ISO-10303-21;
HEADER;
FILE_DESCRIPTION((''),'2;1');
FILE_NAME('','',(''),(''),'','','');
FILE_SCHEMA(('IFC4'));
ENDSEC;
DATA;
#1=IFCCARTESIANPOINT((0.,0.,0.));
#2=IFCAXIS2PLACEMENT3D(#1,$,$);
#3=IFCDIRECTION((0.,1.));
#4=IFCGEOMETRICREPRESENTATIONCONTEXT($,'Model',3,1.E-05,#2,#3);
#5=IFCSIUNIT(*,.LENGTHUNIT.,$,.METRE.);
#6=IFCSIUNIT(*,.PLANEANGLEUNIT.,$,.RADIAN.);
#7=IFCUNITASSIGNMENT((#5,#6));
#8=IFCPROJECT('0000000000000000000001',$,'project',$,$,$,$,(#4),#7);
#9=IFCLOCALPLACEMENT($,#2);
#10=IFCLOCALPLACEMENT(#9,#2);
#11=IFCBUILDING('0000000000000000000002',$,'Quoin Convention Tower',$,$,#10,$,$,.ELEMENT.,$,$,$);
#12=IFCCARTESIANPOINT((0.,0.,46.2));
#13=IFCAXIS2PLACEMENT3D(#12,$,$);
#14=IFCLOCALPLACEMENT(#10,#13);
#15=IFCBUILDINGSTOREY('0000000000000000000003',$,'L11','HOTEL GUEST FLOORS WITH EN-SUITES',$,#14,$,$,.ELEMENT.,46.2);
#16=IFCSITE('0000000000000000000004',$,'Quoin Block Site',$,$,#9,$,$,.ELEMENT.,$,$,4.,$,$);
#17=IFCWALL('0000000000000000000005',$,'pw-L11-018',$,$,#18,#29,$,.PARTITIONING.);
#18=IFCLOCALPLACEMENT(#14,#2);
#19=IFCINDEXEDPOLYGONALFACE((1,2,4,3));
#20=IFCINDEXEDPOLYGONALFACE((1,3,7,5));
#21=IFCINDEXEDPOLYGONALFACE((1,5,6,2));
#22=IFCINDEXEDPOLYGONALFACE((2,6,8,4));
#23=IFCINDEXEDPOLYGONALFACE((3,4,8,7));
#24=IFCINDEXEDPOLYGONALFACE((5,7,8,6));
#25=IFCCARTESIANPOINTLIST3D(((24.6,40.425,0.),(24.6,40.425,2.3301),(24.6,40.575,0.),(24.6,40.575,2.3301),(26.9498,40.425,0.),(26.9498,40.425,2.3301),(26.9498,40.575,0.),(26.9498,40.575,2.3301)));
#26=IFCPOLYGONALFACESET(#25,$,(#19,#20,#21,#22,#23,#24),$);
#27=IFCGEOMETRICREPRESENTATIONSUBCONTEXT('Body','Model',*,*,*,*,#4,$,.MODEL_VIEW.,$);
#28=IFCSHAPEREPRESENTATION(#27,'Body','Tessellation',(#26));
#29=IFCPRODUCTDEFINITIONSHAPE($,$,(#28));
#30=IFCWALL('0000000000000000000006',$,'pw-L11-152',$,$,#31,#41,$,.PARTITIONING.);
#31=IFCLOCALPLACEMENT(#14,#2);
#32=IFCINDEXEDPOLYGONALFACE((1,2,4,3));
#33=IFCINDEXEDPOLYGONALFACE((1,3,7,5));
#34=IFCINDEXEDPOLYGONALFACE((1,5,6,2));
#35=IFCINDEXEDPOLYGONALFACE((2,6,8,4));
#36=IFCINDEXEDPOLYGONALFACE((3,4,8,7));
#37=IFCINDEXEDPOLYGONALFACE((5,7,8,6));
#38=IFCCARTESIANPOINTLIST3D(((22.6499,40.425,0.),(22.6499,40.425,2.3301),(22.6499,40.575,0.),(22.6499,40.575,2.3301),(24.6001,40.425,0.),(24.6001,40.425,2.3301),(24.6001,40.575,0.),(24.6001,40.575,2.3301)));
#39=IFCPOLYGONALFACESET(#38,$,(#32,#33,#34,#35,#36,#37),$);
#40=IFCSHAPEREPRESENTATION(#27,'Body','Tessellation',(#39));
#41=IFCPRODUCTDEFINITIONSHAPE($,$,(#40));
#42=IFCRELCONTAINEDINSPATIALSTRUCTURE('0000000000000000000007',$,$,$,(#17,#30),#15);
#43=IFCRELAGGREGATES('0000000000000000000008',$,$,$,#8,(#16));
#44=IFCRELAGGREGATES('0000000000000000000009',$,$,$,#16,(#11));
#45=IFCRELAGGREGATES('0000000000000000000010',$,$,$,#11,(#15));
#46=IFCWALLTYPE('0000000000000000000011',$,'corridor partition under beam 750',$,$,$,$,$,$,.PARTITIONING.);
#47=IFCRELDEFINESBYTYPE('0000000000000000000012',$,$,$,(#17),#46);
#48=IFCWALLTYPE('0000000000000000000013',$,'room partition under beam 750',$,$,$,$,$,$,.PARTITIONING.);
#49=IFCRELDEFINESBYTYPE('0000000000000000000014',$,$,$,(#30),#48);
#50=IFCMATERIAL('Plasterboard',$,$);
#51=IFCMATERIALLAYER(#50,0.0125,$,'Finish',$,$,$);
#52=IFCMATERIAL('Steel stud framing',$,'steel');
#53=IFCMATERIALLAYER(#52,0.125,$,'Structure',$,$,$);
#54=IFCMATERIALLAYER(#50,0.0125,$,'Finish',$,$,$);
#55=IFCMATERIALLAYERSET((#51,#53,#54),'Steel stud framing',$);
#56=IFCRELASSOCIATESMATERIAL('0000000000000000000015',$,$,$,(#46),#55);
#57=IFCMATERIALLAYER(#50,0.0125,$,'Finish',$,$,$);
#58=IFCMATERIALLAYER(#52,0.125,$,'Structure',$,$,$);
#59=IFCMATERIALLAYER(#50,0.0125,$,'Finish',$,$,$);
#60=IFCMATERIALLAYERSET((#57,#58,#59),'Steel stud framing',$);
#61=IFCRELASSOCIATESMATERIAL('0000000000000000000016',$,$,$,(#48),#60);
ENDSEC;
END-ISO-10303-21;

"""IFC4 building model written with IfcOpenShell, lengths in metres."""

from ifc_helpers import new_model, si_unit, direction, frame, frame_2d, origin, place, context, subcontext, project, spatial, rectangle, extrude, material, layer, layer_set, type_object, element, save


model = new_model("IFC4")

# Units and contexts
model_context = context("Model", 3, precision=1e-05, world=origin(), true_north=direction((0.0, 1.0)))
body_context = subcontext(model_context, "Body", "Model", "MODEL_VIEW")
ifc_project = project(units=[si_unit("LENGTHUNIT", "METRE"), si_unit("PLANEANGLEUNIT", "RADIAN")], contexts=[model_context])

# Site, building, storey
site_placement = place(None, origin())
site = spatial("IfcSite", under=ifc_project, at=site_placement, Name="Quoin Block Site", CompositionType="ELEMENT", RefElevation=4.0)
building_placement = place(site_placement, origin())
building = spatial("IfcBuilding", under=site, at=building_placement, Name="Quoin Convention Tower", CompositionType="ELEMENT")
storey_placement = place(building_placement, frame((0.0, 0.0, 46.2)))
storey = spatial("IfcBuildingStorey", under=building, at=storey_placement, Name="L11", Description="HOTEL GUEST FLOORS WITH EN-SUITES", CompositionType="ELEMENT", Elevation=46.2)

# Shared definitions
ifc_material_1 = material(Name="Plasterboard")
ifc_material_2 = material(Name="Steel stud framing", Category="steel")

# Walls
ifc_layer_1 = layer(ifc_material_1, 0.0125, Name="Finish")
ifc_layer_2 = layer(ifc_material_2, 0.125, Name="Structure")
ifc_layer_3 = layer(ifc_material_1, 0.0125, Name="Finish")
ifc_layer_set_1 = layer_set([ifc_layer_1, ifc_layer_2, ifc_layer_3], Name="Steel stud framing")
wall_type_1 = type_object("IfcWallType", Name="corridor partition under beam 750", PredefinedType="PARTITIONING", material=ifc_layer_set_1)
wall_1_placement = place(storey_placement, frame((24.6001, 40.5, 0.0), z_axis=(0.0, 0.0, 1.0), x_axis=(1.0, 0.0, 0.0)))
element("IfcWall", 1, at=wall_1_placement, inside=storey, type_object=wall_type_1, Name="pw-L11-018", PredefinedType="PARTITIONING", context=body_context, shape_type="SweptSolid", body=[
    extrude(rectangle(XDim=2.3499, YDim=0.1499, at=frame_2d((1.1748, 0.0))), origin(), (0.0, 0.0, 1.0), 2.3301),
])
ifc_layer_4 = layer(ifc_material_1, 0.0125, Name="Finish")
ifc_layer_5 = layer(ifc_material_2, 0.125, Name="Structure")
ifc_layer_6 = layer(ifc_material_1, 0.0125, Name="Finish")
ifc_layer_set_2 = layer_set([ifc_layer_4, ifc_layer_5, ifc_layer_6], Name="Steel stud framing")
wall_type_2 = type_object("IfcWallType", Name="room partition under beam 750", PredefinedType="PARTITIONING", material=ifc_layer_set_2)
wall_2_placement = place(storey_placement, frame((22.6499, 40.5, 0.0), z_axis=(0.0, 0.0, 1.0), x_axis=(1.0, 0.0, 0.0)))
element("IfcWall", 2, at=wall_2_placement, inside=storey, type_object=wall_type_2, Name="pw-L11-152", PredefinedType="PARTITIONING", context=body_context, shape_type="SweptSolid", body=[
    extrude(rectangle(XDim=1.9502, YDim=0.1499, at=frame_2d((0.9751, 0.0))), origin(), (0.0, 0.0, 1.0), 2.3301),
])

save(model, "model.ifc")
